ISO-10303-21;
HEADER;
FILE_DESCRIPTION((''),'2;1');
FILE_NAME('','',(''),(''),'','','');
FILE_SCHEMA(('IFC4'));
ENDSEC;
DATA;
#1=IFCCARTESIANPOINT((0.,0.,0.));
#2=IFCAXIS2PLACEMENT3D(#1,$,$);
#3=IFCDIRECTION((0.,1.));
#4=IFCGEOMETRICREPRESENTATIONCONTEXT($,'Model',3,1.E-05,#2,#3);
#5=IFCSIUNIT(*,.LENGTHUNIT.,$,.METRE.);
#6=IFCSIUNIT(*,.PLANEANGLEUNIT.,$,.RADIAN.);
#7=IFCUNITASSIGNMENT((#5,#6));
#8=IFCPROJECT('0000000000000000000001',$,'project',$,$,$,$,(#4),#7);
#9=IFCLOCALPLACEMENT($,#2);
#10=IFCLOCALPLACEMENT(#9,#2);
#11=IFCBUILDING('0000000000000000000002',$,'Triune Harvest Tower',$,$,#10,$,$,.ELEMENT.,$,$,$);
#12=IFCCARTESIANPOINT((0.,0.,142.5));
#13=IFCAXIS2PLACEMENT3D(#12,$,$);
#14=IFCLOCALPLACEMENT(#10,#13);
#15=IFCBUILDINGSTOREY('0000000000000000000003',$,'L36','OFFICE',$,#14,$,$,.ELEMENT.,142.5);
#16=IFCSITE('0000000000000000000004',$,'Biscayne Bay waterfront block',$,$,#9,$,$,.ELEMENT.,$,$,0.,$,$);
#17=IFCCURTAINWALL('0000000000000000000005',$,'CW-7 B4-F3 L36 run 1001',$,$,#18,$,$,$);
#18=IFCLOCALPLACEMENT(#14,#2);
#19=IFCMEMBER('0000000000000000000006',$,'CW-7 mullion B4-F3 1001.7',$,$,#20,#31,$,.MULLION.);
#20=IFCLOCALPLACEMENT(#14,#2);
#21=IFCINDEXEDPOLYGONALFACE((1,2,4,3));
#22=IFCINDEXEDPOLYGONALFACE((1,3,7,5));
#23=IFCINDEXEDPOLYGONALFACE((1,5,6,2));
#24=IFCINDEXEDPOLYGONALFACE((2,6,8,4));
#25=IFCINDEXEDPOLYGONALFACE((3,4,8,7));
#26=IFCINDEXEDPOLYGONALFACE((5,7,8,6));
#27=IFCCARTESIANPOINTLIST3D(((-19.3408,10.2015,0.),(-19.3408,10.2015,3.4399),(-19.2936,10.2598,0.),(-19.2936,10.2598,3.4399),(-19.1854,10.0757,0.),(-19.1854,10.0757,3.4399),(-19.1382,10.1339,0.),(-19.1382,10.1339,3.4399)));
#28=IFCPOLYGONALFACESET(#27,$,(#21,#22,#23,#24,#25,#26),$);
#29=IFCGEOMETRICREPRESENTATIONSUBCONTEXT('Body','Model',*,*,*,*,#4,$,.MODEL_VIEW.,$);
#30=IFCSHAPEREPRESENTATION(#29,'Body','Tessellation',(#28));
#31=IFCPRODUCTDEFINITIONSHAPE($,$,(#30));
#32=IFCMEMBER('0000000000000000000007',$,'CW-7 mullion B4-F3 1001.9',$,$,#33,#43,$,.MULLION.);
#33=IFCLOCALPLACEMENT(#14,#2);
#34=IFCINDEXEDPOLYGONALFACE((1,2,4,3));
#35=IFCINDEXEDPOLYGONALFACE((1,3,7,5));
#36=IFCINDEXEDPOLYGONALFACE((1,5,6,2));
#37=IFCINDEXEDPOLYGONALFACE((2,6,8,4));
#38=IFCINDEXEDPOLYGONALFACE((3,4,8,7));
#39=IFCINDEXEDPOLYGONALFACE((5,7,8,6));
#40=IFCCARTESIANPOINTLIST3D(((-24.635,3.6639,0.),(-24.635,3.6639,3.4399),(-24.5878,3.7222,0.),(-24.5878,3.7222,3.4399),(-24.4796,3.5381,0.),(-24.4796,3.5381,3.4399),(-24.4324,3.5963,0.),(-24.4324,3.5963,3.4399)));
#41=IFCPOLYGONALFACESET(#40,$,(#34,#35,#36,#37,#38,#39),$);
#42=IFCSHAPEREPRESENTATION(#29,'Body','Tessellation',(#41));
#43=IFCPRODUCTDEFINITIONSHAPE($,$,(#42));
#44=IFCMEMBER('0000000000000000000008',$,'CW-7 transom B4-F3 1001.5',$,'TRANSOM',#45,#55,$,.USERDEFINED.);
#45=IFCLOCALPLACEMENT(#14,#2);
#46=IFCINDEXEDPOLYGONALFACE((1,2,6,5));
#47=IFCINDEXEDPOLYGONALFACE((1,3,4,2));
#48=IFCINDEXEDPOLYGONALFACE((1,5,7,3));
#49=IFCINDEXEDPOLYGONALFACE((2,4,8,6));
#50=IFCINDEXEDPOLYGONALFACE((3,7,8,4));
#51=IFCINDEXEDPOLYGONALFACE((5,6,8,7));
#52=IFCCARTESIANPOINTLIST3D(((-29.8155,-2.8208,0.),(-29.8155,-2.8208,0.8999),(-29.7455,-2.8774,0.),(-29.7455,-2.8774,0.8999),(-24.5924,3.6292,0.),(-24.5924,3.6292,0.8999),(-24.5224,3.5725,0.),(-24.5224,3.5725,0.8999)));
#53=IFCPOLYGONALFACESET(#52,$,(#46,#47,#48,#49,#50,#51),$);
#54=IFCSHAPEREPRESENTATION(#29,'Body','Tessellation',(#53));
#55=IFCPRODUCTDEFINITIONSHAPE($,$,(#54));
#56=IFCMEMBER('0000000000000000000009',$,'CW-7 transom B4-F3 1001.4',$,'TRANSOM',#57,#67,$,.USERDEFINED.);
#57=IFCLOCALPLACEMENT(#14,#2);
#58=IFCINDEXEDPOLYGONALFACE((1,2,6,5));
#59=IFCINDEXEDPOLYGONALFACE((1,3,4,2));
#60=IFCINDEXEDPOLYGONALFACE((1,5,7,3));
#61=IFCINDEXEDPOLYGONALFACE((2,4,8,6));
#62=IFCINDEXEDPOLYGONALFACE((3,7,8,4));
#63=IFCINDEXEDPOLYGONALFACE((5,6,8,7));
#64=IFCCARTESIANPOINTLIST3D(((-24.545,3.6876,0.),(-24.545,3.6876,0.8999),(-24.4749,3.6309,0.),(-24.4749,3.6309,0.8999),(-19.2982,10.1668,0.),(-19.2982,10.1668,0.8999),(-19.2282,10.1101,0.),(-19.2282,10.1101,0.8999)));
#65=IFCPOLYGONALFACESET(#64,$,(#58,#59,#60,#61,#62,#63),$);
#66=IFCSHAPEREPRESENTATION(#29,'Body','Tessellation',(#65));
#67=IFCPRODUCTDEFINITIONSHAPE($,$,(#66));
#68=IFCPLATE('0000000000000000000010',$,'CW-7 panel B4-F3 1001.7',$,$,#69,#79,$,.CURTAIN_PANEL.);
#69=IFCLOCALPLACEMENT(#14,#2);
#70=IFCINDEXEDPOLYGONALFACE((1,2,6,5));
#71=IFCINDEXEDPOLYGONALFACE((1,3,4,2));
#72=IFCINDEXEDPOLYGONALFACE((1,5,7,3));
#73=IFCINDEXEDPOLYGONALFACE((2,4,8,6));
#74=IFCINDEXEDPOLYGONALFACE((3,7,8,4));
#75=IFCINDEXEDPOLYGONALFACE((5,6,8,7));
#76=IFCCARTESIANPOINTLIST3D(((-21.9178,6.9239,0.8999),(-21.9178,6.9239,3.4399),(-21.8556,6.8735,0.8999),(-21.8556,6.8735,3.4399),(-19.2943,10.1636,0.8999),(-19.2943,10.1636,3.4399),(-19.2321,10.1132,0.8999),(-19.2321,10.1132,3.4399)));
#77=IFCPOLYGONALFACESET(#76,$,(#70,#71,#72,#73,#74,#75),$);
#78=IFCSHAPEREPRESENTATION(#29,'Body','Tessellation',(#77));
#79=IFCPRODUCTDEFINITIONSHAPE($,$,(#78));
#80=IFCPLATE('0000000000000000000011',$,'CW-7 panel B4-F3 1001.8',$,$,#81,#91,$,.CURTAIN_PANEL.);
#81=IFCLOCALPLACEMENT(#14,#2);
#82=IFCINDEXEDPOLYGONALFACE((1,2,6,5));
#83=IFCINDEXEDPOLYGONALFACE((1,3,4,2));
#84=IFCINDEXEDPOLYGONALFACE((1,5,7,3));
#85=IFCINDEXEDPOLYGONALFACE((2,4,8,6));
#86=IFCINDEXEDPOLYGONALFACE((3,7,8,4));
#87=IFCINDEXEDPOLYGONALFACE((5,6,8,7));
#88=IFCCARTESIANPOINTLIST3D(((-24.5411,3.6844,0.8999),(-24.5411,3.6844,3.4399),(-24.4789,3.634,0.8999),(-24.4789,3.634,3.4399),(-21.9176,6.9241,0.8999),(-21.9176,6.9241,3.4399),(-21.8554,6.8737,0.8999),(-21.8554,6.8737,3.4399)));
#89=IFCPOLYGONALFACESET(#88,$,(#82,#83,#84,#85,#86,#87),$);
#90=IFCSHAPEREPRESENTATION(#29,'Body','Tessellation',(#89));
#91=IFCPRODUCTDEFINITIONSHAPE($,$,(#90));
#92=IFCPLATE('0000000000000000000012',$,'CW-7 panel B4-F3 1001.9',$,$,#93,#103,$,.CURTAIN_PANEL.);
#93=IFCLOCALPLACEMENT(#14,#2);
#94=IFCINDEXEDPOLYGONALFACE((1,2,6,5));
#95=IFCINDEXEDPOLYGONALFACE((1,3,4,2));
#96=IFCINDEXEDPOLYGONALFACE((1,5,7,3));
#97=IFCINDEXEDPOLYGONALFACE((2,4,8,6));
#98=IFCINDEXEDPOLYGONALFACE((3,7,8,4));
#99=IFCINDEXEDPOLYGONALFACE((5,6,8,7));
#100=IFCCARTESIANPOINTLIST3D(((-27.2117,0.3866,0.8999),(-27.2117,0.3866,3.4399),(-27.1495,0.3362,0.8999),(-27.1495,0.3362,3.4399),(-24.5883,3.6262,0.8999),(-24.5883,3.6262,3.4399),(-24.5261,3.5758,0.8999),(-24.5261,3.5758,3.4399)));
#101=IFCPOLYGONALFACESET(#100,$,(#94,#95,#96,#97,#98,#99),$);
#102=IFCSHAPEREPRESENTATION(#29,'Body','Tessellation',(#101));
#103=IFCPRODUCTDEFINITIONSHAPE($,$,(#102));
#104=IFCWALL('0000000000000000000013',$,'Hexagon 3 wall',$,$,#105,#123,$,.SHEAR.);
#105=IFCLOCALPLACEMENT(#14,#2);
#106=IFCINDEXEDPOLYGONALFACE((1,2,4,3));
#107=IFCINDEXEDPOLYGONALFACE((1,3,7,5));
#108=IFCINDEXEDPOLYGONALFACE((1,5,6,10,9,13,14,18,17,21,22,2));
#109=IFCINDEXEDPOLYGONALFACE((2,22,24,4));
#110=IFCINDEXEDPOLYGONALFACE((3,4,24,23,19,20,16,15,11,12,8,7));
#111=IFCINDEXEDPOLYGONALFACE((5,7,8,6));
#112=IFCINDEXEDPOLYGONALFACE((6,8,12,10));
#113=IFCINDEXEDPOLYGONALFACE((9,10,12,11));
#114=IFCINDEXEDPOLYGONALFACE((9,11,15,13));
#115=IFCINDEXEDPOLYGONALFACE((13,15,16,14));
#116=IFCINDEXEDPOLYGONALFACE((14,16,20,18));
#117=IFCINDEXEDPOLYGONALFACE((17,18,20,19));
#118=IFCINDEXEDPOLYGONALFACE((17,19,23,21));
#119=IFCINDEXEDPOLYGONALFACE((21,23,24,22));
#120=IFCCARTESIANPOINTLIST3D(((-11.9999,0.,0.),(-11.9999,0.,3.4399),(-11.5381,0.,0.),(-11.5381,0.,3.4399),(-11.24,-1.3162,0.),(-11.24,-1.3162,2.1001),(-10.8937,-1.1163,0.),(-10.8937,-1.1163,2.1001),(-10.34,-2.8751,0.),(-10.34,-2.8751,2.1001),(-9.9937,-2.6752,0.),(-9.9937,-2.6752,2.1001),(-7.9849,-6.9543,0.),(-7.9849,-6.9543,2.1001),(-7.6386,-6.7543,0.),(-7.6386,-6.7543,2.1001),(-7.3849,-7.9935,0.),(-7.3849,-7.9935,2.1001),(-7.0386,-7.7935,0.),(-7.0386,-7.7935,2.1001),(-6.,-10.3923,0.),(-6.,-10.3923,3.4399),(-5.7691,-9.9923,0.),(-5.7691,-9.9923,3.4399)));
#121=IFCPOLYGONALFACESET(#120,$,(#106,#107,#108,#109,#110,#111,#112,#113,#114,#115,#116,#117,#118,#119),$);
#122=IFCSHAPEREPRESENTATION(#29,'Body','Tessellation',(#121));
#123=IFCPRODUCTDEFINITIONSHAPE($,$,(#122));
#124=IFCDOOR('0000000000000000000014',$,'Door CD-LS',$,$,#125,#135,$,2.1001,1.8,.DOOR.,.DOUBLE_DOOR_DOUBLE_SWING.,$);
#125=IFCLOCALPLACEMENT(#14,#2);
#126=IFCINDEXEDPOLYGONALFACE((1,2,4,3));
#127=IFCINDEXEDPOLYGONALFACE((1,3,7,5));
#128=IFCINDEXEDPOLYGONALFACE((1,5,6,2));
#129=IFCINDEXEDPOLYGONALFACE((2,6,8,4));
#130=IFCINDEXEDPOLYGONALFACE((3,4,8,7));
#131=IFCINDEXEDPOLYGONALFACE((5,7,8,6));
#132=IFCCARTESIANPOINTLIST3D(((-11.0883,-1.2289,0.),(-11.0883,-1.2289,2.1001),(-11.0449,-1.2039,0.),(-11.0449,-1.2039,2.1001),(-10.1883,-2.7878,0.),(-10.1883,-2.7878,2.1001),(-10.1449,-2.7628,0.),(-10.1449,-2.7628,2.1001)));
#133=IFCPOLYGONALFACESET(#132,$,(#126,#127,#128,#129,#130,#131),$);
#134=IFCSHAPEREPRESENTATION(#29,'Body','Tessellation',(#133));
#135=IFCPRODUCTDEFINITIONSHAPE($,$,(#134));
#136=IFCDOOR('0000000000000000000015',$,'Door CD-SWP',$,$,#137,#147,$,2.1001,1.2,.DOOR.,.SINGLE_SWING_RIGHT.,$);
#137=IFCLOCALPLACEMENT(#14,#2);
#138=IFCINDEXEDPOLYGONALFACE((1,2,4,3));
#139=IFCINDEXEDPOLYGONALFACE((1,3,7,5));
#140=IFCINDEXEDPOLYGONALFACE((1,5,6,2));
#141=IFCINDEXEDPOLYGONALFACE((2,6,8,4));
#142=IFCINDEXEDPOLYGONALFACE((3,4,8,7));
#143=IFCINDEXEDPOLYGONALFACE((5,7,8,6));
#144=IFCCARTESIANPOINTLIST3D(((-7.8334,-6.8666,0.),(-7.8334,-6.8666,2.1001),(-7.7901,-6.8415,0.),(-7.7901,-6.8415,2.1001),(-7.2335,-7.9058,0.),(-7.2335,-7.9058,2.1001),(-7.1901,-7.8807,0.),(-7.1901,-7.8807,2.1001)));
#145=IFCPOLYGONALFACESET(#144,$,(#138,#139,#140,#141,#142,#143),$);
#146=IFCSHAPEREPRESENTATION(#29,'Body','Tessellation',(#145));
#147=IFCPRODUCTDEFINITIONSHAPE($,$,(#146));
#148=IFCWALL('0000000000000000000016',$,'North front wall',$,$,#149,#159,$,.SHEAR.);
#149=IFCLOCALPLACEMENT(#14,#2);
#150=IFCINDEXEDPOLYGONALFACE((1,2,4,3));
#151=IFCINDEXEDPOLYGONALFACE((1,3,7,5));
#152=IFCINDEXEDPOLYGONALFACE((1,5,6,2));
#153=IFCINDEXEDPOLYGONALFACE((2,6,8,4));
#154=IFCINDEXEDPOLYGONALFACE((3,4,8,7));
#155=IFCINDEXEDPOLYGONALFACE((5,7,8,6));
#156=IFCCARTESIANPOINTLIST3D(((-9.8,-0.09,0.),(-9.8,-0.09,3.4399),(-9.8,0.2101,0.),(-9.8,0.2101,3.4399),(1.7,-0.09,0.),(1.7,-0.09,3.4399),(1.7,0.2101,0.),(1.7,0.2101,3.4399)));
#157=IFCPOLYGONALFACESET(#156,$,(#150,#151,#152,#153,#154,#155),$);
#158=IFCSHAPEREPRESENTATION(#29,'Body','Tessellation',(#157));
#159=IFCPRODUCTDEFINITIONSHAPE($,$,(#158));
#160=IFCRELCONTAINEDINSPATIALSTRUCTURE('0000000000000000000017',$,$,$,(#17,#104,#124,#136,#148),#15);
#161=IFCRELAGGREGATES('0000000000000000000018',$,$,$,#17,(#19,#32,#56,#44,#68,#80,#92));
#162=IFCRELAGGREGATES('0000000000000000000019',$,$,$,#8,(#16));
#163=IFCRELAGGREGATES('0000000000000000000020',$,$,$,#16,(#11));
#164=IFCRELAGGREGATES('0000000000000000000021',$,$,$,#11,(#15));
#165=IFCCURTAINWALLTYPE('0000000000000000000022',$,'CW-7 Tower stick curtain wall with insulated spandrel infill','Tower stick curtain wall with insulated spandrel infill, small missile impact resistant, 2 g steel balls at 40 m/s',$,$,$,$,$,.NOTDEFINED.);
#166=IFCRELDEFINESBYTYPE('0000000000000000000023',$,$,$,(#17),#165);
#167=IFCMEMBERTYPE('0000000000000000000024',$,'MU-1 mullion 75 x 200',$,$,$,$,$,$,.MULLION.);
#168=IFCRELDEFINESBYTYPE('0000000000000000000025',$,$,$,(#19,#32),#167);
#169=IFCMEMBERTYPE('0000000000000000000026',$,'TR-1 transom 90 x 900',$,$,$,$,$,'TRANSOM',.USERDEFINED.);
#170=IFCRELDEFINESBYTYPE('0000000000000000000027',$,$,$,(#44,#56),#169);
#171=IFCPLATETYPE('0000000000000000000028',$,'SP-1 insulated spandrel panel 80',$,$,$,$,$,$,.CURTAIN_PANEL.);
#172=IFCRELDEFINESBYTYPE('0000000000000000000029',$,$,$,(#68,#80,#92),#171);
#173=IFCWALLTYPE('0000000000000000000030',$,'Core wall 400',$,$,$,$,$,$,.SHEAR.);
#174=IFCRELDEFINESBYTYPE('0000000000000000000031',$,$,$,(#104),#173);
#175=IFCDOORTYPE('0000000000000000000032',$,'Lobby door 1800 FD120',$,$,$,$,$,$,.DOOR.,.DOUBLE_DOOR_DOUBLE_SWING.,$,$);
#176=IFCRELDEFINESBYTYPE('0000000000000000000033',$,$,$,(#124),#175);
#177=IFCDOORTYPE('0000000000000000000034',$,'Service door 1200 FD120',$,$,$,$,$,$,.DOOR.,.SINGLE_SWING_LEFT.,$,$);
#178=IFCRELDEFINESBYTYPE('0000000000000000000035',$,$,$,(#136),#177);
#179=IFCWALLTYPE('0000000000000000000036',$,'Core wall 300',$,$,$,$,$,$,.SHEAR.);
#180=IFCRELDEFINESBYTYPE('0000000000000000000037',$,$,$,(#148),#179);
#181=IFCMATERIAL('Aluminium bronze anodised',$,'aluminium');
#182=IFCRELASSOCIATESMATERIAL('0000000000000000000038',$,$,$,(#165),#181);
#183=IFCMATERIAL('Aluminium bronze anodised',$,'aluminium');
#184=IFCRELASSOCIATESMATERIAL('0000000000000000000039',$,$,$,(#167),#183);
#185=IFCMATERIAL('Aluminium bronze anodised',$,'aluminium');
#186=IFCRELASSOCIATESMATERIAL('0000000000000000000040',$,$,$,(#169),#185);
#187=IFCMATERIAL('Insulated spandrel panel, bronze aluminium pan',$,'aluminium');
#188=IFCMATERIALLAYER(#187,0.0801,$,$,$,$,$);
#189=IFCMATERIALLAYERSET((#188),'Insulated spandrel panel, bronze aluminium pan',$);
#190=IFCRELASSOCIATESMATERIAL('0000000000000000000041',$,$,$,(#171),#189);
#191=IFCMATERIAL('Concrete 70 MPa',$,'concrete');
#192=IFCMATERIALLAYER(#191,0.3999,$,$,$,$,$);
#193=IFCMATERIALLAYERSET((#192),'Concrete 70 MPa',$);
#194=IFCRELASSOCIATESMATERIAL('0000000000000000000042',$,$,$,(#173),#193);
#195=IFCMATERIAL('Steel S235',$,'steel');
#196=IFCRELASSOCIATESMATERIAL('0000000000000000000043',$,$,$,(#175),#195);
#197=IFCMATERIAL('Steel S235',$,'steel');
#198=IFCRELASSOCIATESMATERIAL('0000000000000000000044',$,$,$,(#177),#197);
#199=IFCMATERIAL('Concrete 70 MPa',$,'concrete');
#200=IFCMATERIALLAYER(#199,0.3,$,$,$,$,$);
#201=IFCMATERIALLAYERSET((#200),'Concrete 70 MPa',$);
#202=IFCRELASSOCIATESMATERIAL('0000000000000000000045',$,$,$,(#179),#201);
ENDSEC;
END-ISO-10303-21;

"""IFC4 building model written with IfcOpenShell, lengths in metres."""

from ifc_helpers import new_model, si_unit, direction, frame, frame_2d, origin, origin_2d, place, context, subcontext, project, spatial, polyline, rectangle, outline, extrude, source, transform, mapped, material, layer, layer_set, material_profile, profile_set, type_object, element, fill, aggregate, save


model = new_model("IFC4")

# Units and contexts
model_context = context("Model", 3, precision=1e-05, world=origin(), true_north=direction((0.0, 1.0)))
body_context = subcontext(model_context, "Body", "Model", "MODEL_VIEW")
ifc_project = project(units=[si_unit("LENGTHUNIT", "METRE"), si_unit("PLANEANGLEUNIT", "RADIAN")], contexts=[model_context])

# Site, building, storey
site_placement = place(None, origin())
site = spatial("IfcSite", under=ifc_project, at=site_placement, Name="Biscayne Bay waterfront block", CompositionType="ELEMENT", RefElevation=0.0)
building_placement = place(site_placement, origin())
building = spatial("IfcBuilding", under=site, at=building_placement, Name="Triune Harvest Tower", CompositionType="ELEMENT")
storey_placement = place(building_placement, frame((0.0, 0.0, 142.5)))
storey = spatial("IfcBuildingStorey", under=building, at=storey_placement, Name="L36", Description="OFFICE", CompositionType="ELEMENT", Elevation=142.5)

# Curtain wall, members, plates
ifc_material_1 = material(Name="Aluminium bronze anodised", Category="aluminium")
curtain_wall_type = type_object("IfcCurtainWallType", Name="CW-7 Tower stick curtain wall with insulated spandrel infill", Description="Tower stick curtain wall with insulated spandrel infill, small missile impact resistant, 2 g steel balls at 40 m/s", PredefinedType="NOTDEFINED", material=ifc_material_1)
curtain_wall_placement = place(storey_placement, origin())
curtain_wall = element("IfcCurtainWall", 1, at=curtain_wall_placement, inside=storey, type_object=curtain_wall_type, Name="CW-7 B4-F3 L36 run 1001")
ifc_material_2 = material(Name="Aluminium bronze anodised", Category="aluminium")
ifc_material_profile_1 = material_profile(ifc_material_2, rectangle(XDim=0.2, YDim=0.075, at=origin_2d()), Name="MU-1 mullion 75 x 200")
ifc_profile_set_1 = profile_set([ifc_material_profile_1], Name="Aluminium bronze anodised")
member_type_1 = type_object("IfcMemberType", Name="MU-1 mullion 75 x 200", PredefinedType="MULLION", material=ifc_profile_set_1)
shared_shape_1 = source(origin(), body_context, "Body", "SweptSolid", [
    extrude(rectangle(XDim=0.2, YDim=0.075, at=origin_2d()), origin(), (0.0, 0.0, 1.0), 3.4399),
])
member_1_placement = place(storey_placement, frame((-19.2395, 10.1677, 0.0), z_axis=(0.0, 0.0, 1.0), x_axis=(0.777144, -0.629322, 0.0)))
member_1 = element("IfcMember", 2, at=member_1_placement, type_object=member_type_1, Name="CW-7 mullion B4-F3 1001.7", PredefinedType="MULLION", context=body_context, shape_type="MappedRepresentation", body=[
    mapped(shared_shape_1, transform((0.0, 0.0, 0.0), scale=1.0)),
])
member_2_placement = place(storey_placement, frame((-24.5337, 3.6301, 0.0), z_axis=(0.0, 0.0, 1.0), x_axis=(0.777144, -0.629322, 0.0)))
member_2 = element("IfcMember", 3, at=member_2_placement, type_object=member_type_1, Name="CW-7 mullion B4-F3 1001.9", PredefinedType="MULLION", context=body_context, shape_type="MappedRepresentation", body=[
    mapped(shared_shape_1, transform((0.0, 0.0, 0.0), scale=1.0)),
])
ifc_material_3 = material(Name="Aluminium bronze anodised", Category="aluminium")
ifc_material_profile_2 = material_profile(ifc_material_3, rectangle(XDim=0.0901, YDim=0.8999, at=origin_2d()), Name="TR-1 transom 90 x 900")
ifc_profile_set_2 = profile_set([ifc_material_profile_2], Name="Aluminium bronze anodised")
member_type_2 = type_object("IfcMemberType", Name="TR-1 transom 90 x 900", ElementType="TRANSOM", PredefinedType="USERDEFINED", material=ifc_profile_set_2)
shared_shape_2 = source(origin(), body_context, "Body", "SweptSolid", [
    extrude(rectangle(XDim=0.0901, YDim=0.8999, at=origin_2d()), origin(), (0.0, 0.0, 1.0), 8.2996),
])
member_3_placement = place(storey_placement, frame((-24.5574, 3.6008, 0.45), z_axis=(-0.629326, -0.777141, 0.0), x_axis=(0.777141, -0.629326, 0.0)))
member_3 = element("IfcMember", 4, at=member_3_placement, type_object=member_type_2, Name="CW-7 transom B4-F3 1001.5", ObjectType="TRANSOM", PredefinedType="USERDEFINED", context=body_context, shape_type="MappedRepresentation", body=[
    mapped(shared_shape_2, transform((0.0, 0.0, 0.0), scale=1.0)),
])
shared_shape_3 = source(origin(), body_context, "Body", "SweptSolid", [
    extrude(rectangle(XDim=0.0901, YDim=0.8999, at=origin_2d()), origin(), (0.0, 0.0, 1.0), 8.3372),
])
member_4_placement = place(storey_placement, frame((-19.2632, 10.1384, 0.45), z_axis=(-0.629323, -0.777144, 0.0), x_axis=(0.777144, -0.629323, 0.0)))
member_4 = element("IfcMember", 5, at=member_4_placement, type_object=member_type_2, Name="CW-7 transom B4-F3 1001.4", ObjectType="TRANSOM", PredefinedType="USERDEFINED", context=body_context, shape_type="MappedRepresentation", body=[
    mapped(shared_shape_3, transform((0.0, 0.0, 0.0), scale=1.0)),
])
ifc_material_4 = material(Name="Insulated spandrel panel, bronze aluminium pan", Category="aluminium")
ifc_layer_1 = layer(ifc_material_4, 0.0801)
ifc_layer_set_1 = layer_set([ifc_layer_1], Name="Insulated spandrel panel, bronze aluminium pan")
plate_type = type_object("IfcPlateType", Name="SP-1 insulated spandrel panel 80", PredefinedType="CURTAIN_PANEL", material=ifc_layer_set_1)
shared_shape_4 = source(origin(), body_context, "Body", "SweptSolid", [
    extrude(rectangle(XDim=4.1687, YDim=0.0801, at=origin_2d()), origin(), (0.0, 0.0, 1.0), 2.54),
])
plate_1_placement = place(storey_placement, frame((-20.575, 8.5186, 0.8999), z_axis=(0.0, 0.0, 1.0), x_axis=(-0.629322, -0.777144, 0.0)))
plate_1 = element("IfcPlate", 6, at=plate_1_placement, type_object=plate_type, Name="CW-7 panel B4-F3 1001.7", PredefinedType="CURTAIN_PANEL", context=body_context, shape_type="MappedRepresentation", body=[
    mapped(shared_shape_4, transform((0.0, 0.0, 0.0), scale=1.0)),
])
plate_2_placement = place(storey_placement, frame((-23.1982, 5.2791, 0.8999), z_axis=(0.0, 0.0, 1.0), x_axis=(-0.629322, -0.777144, 0.0)))
plate_2 = element("IfcPlate", 7, at=plate_2_placement, type_object=plate_type, Name="CW-7 panel B4-F3 1001.8", PredefinedType="CURTAIN_PANEL", context=body_context, shape_type="MappedRepresentation", body=[
    mapped(shared_shape_4, transform((0.0, 0.0, 0.0), scale=1.0)),
])
plate_3_placement = place(storey_placement, frame((-25.8689, 1.9812, 0.8999), z_axis=(0.0, 0.0, 1.0), x_axis=(-0.629322, -0.777144, 0.0)))
plate_3 = element("IfcPlate", 8, at=plate_3_placement, type_object=plate_type, Name="CW-7 panel B4-F3 1001.9", PredefinedType="CURTAIN_PANEL", context=body_context, shape_type="MappedRepresentation", body=[
    mapped(shared_shape_4, transform((0.0, 0.0, 0.0), scale=1.0)),
])
aggregate(curtain_wall, [member_1, member_2, member_4, member_3, plate_1, plate_2, plate_3])

# Wall, openings, doors
ifc_material_5 = material(Name="Concrete 70 MPa", Category="concrete")
ifc_layer_2 = layer(ifc_material_5, 0.3999)
ifc_layer_set_2 = layer_set([ifc_layer_2], Name="Concrete 70 MPa")
wall_type_1 = type_object("IfcWallType", Name="Core wall 400", PredefinedType="SHEAR", material=ifc_layer_set_2)
shared_shape_5 = source(origin(), body_context, "Body", "SweptSolid", [
    extrude(outline(polyline([(-0.1155, -0.2), (11.8845, -0.2), (11.6536, 0.2), (0.1155, 0.2), (-0.1155, -0.2)])), origin(), (0.0, 0.0, 1.0), 3.4399),
])
wall_1_placement = place(storey_placement, frame((-11.769, 0.0, 0.0), z_axis=(0.0, 0.0, 1.0), x_axis=(0.499997, -0.866027, 0.0)))
wall_1 = element("IfcWall", 9, at=wall_1_placement, inside=storey, type_object=wall_type_1, Name="Hexagon 3 wall", PredefinedType="SHEAR", context=body_context, shape_type="MappedRepresentation", body=[
    mapped(shared_shape_5, transform((0.0, 0.0, 0.0), scale=1.0)),
])
opening_1_placement = place(wall_1_placement, frame((1.4045, 0.0, 0.0)))
opening_1 = element("IfcOpeningElement", 10, at=opening_1_placement, cuts=wall_1, PredefinedType="OPENING", context=body_context, shape_type="SweptSolid", body=[
    extrude(rectangle(XDim=1.8, YDim=2.1001, at=frame_2d((0.8999, 1.05))), frame((0.0, 0.21, 0.0), z_axis=(0.0, -1.0, 0.0), x_axis=(1.0, 0.0, 0.0)), (0.0, 0.0, 1.0), 0.4199),
])
opening_2_placement = place(wall_1_placement, frame((7.9146, 0.0, 0.0)))
opening_2 = element("IfcOpeningElement", 11, at=opening_2_placement, cuts=wall_1, PredefinedType="OPENING", context=body_context, shape_type="SweptSolid", body=[
    extrude(rectangle(XDim=1.2, YDim=2.1001, at=frame_2d((0.6001, 1.05))), frame((0.0, 0.21, 0.0), z_axis=(0.0, -1.0, 0.0), x_axis=(1.0, 0.0, 0.0)), (0.0, 0.0, 1.0), 0.4199),
])
ifc_material_6 = material(Name="Steel S235", Category="steel")
door_type_1 = type_object("IfcDoorType", Name="Lobby door 1800 FD120", OperationType="DOUBLE_DOOR_DOUBLE_SWING", PredefinedType="DOOR", material=ifc_material_6)
door_1_placement = place(opening_1_placement, frame((1.8, 0.0, 0.0), z_axis=(0.0, 0.0, 1.0), x_axis=(-1.0, 0.0, 0.0)))
door_1 = element("IfcDoor", 12, at=door_1_placement, inside=storey, type_object=door_type_1, Name="Door CD-LS", OperationType="DOUBLE_DOOR_DOUBLE_SWING", OverallHeight=2.1001, OverallWidth=1.8, PredefinedType="DOOR", context=body_context, shape_type="SweptSolid", body=[
    extrude(rectangle(XDim=1.8, YDim=2.1001, at=frame_2d((0.8999, 1.05))), frame((0.0, 0.0249, 0.0), z_axis=(0.0, -1.0, 0.0), x_axis=(1.0, 0.0, 0.0)), (0.0, 0.0, 1.0), 0.05),
])
fill(opening_1, door_1)
ifc_material_7 = material(Name="Steel S235", Category="steel")
door_type_2 = type_object("IfcDoorType", Name="Service door 1200 FD120", OperationType="SINGLE_SWING_LEFT", PredefinedType="DOOR", material=ifc_material_7)
door_2_placement = place(opening_2_placement, frame((1.2, 0.0, 0.0), z_axis=(0.0, 0.0, 1.0), x_axis=(-1.0, 0.0, 0.0)))
door_2 = element("IfcDoor", 13, at=door_2_placement, inside=storey, type_object=door_type_2, Name="Door CD-SWP", OperationType="SINGLE_SWING_RIGHT", OverallHeight=2.1001, OverallWidth=1.2, PredefinedType="DOOR", context=body_context, shape_type="SweptSolid", body=[
    extrude(rectangle(XDim=1.2, YDim=2.1001, at=frame_2d((0.6001, 1.05))), frame((0.0, 0.0249, 0.0), z_axis=(0.0, -1.0, 0.0), x_axis=(1.0, 0.0, 0.0)), (0.0, 0.0, 1.0), 0.05),
])
fill(opening_2, door_2)

# Wall
ifc_material_8 = material(Name="Concrete 70 MPa", Category="concrete")
ifc_layer_3 = layer(ifc_material_8, 0.3)
ifc_layer_set_3 = layer_set([ifc_layer_3], Name="Concrete 70 MPa")
wall_type_2 = type_object("IfcWallType", Name="Core wall 300", PredefinedType="SHEAR", material=ifc_layer_set_3)
shared_shape_6 = source(origin(), body_context, "Body", "SweptSolid", [
    extrude(rectangle(XDim=11.5, YDim=0.3, at=frame_2d((5.75, 0.0))), origin(), (0.0, 0.0, 1.0), 3.4399),
])
wall_2_placement = place(storey_placement, frame((-9.8, 0.0601, 0.0), z_axis=(0.0, 0.0, 1.0), x_axis=(1.0, 0.0, 0.0)))
element("IfcWall", 14, at=wall_2_placement, inside=storey, type_object=wall_type_2, Name="North front wall", PredefinedType="SHEAR", context=body_context, shape_type="MappedRepresentation", body=[
    mapped(shared_shape_6, transform((0.0, 0.0, 0.0), scale=1.0)),
])

save(model, "model.ifc")
